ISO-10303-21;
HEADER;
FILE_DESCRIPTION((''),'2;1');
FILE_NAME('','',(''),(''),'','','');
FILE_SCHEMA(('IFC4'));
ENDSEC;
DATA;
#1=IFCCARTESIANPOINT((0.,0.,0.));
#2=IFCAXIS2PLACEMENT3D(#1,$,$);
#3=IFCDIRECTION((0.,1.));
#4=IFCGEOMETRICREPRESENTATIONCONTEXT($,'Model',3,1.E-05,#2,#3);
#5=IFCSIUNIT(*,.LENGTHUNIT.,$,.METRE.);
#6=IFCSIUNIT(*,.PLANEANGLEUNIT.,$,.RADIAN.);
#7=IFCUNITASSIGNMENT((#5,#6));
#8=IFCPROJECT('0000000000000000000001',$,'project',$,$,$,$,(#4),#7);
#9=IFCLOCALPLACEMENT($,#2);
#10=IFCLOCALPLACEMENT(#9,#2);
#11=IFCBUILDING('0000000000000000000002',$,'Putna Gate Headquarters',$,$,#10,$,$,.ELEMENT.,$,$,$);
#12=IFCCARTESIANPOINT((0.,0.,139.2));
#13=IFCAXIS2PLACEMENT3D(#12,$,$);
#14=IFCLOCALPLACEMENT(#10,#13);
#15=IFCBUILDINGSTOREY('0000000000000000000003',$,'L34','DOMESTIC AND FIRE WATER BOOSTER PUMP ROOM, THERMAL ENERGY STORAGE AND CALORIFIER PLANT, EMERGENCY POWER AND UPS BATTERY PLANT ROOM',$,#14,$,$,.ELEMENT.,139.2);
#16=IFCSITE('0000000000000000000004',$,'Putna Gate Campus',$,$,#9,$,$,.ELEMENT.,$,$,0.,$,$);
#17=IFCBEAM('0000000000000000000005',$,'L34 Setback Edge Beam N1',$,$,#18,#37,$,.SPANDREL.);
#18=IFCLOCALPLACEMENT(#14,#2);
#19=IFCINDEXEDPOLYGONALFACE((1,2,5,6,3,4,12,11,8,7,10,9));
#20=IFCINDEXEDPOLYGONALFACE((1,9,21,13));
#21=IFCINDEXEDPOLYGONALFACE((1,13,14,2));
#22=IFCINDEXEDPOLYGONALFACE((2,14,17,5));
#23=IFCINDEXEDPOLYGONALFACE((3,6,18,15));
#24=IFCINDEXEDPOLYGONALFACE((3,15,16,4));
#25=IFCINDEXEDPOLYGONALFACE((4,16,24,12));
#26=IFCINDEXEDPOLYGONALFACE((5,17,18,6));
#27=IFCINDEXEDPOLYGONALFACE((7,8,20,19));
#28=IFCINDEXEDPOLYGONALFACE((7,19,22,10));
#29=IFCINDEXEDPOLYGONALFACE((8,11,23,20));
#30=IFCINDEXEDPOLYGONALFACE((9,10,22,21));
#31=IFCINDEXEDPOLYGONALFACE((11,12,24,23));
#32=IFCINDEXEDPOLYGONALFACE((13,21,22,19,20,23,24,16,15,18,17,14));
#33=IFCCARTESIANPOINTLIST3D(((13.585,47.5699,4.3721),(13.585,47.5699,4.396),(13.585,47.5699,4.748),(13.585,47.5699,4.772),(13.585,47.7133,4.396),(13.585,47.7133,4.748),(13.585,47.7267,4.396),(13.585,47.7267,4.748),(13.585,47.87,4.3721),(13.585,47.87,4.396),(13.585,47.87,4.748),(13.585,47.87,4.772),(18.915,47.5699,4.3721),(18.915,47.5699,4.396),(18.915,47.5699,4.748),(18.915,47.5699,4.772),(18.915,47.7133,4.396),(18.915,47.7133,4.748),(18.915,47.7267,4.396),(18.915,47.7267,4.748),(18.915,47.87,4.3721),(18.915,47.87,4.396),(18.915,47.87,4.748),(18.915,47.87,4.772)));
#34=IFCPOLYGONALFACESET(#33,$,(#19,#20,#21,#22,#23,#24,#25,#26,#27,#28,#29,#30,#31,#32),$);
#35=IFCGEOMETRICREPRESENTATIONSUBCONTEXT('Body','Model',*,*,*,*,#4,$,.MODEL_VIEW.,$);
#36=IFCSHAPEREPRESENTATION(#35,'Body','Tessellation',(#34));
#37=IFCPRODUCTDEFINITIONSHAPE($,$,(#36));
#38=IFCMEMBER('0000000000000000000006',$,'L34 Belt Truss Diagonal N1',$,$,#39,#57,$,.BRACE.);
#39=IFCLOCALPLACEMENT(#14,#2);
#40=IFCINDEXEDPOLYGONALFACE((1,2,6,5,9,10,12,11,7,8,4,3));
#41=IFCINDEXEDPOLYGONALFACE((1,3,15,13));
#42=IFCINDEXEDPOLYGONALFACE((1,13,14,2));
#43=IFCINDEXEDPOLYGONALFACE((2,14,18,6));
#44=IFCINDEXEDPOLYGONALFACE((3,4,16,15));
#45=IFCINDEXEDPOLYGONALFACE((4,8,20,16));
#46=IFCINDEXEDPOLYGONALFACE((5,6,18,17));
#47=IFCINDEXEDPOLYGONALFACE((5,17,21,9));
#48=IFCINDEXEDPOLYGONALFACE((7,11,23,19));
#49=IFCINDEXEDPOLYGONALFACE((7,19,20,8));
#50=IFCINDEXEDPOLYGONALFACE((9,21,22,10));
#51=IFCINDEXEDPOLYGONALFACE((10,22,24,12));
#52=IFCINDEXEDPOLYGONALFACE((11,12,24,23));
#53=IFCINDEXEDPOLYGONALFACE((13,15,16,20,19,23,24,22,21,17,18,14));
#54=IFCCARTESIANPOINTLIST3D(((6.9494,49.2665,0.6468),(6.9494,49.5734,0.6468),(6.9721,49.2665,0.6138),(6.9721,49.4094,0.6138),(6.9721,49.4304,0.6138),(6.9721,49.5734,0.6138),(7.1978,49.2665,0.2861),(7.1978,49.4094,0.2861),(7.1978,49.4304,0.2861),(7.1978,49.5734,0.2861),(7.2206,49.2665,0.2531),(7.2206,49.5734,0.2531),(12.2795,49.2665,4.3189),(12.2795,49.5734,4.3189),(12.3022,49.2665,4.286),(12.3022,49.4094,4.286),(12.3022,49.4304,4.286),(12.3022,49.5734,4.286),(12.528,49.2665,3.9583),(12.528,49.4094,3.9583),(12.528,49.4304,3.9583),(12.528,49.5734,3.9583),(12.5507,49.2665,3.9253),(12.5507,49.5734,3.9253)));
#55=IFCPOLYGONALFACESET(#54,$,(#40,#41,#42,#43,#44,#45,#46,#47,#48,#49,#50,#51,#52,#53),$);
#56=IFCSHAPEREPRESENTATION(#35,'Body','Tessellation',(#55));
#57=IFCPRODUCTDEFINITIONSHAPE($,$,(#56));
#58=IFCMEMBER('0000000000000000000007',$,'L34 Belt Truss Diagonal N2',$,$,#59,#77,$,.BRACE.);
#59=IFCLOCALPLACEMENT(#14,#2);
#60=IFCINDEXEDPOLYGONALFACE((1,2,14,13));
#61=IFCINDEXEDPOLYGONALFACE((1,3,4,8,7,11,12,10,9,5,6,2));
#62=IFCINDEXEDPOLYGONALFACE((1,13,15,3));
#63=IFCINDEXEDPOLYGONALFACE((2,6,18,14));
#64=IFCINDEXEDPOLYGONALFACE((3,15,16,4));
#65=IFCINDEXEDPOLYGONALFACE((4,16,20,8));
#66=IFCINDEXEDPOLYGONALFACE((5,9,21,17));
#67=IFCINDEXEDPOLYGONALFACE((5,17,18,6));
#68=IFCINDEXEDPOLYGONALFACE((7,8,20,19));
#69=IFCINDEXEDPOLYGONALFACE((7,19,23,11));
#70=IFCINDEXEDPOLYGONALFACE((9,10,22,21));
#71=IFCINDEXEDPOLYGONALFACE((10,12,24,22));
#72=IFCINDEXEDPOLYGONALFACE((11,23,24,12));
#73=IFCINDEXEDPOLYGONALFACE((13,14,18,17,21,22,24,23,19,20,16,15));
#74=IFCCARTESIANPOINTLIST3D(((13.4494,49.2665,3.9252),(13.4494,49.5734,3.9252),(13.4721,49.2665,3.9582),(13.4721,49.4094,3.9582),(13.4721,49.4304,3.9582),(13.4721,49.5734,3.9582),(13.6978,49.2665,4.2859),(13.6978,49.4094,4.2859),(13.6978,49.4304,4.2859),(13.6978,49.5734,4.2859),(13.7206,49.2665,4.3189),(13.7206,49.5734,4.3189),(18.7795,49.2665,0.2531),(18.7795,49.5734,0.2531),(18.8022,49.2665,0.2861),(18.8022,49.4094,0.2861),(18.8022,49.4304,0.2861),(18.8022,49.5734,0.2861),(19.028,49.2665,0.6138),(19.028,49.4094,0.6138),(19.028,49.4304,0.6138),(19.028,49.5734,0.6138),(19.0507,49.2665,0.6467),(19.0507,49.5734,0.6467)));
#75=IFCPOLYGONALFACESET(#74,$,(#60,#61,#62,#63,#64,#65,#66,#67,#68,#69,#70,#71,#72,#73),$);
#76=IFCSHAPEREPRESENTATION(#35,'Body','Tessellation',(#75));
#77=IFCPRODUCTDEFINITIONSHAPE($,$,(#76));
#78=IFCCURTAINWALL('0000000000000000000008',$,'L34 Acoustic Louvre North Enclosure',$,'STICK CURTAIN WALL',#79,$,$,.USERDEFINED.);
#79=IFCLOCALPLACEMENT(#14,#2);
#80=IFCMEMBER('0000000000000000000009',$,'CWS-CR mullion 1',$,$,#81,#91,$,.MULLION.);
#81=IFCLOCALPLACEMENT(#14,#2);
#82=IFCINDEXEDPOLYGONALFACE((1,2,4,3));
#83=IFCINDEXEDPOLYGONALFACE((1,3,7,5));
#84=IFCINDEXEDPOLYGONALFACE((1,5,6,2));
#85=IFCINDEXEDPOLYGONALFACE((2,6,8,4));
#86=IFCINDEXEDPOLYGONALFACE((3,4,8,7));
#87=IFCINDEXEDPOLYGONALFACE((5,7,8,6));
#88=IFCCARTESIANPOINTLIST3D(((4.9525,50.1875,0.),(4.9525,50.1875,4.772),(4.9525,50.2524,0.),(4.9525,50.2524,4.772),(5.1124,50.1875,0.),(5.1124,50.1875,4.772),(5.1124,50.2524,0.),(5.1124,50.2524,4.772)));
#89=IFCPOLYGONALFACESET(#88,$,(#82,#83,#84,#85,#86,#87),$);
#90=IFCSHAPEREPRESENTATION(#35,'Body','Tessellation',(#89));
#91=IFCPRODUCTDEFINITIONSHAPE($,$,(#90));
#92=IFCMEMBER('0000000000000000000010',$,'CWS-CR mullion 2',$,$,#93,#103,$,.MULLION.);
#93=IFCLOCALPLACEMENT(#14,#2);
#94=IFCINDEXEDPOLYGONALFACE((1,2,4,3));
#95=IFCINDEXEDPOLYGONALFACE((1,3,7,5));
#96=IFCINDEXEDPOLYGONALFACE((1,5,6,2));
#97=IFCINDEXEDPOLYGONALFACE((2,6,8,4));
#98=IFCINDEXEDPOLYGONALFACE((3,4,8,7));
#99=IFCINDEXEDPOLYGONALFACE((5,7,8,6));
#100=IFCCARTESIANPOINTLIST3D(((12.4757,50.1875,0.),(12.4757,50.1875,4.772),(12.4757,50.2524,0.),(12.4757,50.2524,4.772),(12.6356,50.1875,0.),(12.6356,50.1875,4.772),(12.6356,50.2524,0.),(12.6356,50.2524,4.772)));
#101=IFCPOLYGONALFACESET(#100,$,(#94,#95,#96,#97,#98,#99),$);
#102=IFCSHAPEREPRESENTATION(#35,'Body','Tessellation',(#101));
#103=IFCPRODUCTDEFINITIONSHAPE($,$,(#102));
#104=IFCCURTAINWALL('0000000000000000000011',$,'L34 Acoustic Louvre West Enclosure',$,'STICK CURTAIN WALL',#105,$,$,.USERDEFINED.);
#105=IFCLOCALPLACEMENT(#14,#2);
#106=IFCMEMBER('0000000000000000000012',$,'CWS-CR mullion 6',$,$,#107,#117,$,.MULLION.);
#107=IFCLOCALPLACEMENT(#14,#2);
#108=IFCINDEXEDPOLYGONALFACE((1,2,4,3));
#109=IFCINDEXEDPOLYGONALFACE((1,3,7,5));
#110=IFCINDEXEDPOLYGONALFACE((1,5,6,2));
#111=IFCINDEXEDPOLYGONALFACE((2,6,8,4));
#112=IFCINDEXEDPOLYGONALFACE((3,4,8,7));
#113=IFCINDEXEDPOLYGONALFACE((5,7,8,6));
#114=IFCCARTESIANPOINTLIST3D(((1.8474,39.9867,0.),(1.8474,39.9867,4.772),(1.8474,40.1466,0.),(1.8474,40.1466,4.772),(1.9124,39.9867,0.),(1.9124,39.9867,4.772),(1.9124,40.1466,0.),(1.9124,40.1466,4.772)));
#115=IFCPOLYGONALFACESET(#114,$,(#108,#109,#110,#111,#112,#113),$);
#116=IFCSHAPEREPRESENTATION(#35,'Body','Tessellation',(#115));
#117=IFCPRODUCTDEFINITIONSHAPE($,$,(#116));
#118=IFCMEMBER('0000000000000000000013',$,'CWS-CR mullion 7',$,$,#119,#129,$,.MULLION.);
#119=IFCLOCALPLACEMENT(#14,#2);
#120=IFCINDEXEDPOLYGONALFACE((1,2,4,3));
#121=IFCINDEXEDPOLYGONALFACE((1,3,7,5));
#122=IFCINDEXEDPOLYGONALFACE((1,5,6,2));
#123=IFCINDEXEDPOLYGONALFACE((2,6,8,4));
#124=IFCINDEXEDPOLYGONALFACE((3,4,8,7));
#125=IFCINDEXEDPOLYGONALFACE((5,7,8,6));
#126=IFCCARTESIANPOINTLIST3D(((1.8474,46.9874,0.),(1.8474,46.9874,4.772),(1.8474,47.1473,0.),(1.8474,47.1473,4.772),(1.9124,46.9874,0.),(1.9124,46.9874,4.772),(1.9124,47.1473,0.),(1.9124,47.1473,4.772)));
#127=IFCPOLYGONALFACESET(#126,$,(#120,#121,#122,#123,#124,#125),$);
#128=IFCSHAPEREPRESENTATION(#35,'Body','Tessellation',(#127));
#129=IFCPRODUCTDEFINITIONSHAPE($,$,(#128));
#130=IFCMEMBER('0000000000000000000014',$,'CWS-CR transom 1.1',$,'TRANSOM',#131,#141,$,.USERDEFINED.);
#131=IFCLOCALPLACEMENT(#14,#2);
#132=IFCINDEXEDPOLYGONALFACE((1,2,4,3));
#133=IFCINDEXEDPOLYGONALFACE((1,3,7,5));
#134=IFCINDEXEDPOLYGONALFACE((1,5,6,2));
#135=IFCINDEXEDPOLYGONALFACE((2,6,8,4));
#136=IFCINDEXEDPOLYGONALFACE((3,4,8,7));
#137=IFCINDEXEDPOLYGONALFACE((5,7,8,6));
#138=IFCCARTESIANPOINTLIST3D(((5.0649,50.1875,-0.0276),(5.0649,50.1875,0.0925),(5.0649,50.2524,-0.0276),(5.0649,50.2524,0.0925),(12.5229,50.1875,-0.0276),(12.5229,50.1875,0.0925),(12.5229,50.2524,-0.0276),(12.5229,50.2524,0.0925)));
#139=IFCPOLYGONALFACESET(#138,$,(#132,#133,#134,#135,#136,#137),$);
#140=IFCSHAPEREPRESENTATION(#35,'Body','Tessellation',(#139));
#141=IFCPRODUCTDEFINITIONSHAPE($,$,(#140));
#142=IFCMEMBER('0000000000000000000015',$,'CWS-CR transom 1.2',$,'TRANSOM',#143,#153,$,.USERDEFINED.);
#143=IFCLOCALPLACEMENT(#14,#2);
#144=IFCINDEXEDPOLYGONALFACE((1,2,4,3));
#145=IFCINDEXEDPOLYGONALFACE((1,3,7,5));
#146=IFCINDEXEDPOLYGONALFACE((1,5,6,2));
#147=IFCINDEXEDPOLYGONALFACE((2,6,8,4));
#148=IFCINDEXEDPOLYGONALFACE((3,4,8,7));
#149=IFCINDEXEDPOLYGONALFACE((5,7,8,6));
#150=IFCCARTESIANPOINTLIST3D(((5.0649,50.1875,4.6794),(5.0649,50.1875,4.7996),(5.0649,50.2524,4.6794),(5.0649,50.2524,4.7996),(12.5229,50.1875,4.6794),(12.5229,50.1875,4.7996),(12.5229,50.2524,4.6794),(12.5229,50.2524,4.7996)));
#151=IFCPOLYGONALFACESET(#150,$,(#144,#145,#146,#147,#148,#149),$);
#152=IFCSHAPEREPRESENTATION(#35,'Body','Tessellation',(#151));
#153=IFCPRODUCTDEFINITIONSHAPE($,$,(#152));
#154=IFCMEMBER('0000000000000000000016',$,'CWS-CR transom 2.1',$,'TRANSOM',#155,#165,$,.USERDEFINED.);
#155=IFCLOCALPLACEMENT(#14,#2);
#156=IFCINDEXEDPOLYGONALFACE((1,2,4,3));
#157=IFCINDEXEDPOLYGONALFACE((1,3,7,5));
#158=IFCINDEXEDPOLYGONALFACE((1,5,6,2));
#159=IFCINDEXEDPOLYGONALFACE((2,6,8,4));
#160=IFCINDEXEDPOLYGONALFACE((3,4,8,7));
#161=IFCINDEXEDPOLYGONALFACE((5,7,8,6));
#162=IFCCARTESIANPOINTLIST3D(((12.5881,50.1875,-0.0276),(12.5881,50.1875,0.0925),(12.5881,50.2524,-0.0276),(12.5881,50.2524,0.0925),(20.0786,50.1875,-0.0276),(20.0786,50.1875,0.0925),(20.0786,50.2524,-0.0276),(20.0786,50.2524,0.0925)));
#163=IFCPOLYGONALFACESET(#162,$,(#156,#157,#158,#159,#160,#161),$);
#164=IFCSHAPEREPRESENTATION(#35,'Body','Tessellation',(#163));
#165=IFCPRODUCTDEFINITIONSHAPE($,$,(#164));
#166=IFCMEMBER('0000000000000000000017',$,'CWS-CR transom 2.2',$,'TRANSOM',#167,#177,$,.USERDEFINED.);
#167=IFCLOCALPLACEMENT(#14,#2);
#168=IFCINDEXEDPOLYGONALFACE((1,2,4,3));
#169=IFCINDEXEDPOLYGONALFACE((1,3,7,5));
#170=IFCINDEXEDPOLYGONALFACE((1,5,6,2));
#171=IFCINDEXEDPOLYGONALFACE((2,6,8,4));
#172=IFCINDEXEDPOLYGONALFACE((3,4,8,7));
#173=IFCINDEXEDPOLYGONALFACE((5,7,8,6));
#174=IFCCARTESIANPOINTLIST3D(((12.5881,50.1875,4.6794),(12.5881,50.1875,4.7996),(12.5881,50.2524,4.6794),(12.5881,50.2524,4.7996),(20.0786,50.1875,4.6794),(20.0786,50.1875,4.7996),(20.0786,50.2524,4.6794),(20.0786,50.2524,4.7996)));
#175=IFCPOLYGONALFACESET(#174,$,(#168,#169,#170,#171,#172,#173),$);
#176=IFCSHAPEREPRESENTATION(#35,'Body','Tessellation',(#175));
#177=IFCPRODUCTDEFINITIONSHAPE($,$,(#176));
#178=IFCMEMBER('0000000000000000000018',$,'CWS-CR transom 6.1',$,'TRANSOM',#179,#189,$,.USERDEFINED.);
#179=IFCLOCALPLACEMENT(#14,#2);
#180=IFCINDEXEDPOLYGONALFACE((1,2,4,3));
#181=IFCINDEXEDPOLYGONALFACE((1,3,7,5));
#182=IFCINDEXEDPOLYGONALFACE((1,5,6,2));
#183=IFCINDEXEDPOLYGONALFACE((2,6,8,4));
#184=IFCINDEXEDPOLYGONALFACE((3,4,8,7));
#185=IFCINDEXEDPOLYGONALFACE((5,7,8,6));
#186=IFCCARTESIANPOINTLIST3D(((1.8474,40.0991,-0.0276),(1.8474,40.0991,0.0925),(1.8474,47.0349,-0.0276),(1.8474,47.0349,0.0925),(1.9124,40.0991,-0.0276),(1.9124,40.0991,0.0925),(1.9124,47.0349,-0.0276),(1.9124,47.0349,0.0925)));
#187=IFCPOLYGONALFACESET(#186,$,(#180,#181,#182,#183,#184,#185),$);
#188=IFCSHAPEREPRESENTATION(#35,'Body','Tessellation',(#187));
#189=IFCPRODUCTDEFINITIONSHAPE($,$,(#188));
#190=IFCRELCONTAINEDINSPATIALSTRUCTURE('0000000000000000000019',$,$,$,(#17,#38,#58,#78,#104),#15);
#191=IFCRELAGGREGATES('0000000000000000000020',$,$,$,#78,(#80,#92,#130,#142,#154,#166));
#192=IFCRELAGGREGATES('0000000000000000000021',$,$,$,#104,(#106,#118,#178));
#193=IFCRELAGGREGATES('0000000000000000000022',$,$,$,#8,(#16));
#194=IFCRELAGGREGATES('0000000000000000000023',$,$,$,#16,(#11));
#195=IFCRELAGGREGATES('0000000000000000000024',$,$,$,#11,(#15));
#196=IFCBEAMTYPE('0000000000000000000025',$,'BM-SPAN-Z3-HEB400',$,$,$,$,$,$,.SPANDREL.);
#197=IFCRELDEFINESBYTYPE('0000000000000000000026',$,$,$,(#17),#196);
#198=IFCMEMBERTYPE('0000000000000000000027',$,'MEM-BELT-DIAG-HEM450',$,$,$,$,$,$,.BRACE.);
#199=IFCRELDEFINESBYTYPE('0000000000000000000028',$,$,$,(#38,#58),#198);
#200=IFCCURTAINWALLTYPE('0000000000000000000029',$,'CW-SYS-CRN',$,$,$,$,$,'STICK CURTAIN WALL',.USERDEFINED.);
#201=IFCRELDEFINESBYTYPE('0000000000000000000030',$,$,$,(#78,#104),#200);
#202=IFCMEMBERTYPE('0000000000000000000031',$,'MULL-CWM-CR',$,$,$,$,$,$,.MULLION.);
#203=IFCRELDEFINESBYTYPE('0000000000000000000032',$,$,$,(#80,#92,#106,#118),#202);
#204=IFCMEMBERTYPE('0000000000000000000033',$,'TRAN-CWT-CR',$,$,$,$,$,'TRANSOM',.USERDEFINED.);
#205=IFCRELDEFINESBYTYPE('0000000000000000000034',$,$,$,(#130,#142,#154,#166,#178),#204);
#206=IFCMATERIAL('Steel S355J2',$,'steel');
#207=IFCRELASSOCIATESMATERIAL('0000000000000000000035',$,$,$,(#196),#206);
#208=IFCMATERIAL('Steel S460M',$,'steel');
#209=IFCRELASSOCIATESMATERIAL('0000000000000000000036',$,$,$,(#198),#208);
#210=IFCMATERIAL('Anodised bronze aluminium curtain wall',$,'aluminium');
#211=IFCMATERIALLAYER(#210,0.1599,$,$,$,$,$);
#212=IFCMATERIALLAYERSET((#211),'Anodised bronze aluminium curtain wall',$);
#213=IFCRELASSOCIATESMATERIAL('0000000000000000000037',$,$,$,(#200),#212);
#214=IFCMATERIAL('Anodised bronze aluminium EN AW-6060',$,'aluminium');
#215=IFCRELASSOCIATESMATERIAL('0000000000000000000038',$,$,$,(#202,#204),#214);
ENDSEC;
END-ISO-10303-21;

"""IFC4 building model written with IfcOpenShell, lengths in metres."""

from ifc_helpers import new_model, si_unit, direction, frame, origin, origin_2d, place, context, subcontext, project, spatial, rectangle, i_section, extrude, material, layer, layer_set, material_profile, profile_set, type_object, element, aggregate, save


model = new_model("IFC4")

# Units and contexts
model_context = context("Model", 3, precision=1e-05, world=origin(), true_north=direction((0.0, 1.0)))
body_context = subcontext(model_context, "Body", "Model", "MODEL_VIEW")
ifc_project = project(units=[si_unit("LENGTHUNIT", "METRE"), si_unit("PLANEANGLEUNIT", "RADIAN")], contexts=[model_context])

# Site, building, storey
site_placement = place(None, origin())
site = spatial("IfcSite", under=ifc_project, at=site_placement, Name="Putna Gate Campus", CompositionType="ELEMENT", RefElevation=0.0)
building_placement = place(site_placement, origin())
building = spatial("IfcBuilding", under=site, at=building_placement, Name="Putna Gate Headquarters", CompositionType="ELEMENT")
storey_placement = place(building_placement, frame((0.0, 0.0, 139.2)))
storey = spatial("IfcBuildingStorey", under=building, at=storey_placement, Name="L34", Description="DOMESTIC AND FIRE WATER BOOSTER PUMP ROOM, THERMAL ENERGY STORAGE AND CALORIFIER PLANT, EMERGENCY POWER AND UPS BATTERY PLANT ROOM", CompositionType="ELEMENT", Elevation=139.2)

# Beam
ifc_material_1 = material(Name="Steel S355J2", Category="steel")
ifc_material_profile_1 = material_profile(ifc_material_1, i_section(OverallWidth=0.3, OverallDepth=0.3999, WebThickness=0.0134, FlangeThickness=0.0239, at=origin_2d()), Name="Steel S355J2")
ifc_profile_set_1 = profile_set([ifc_material_profile_1], Name="Steel S355J2")
beam_type_1 = type_object("IfcBeamType", Name="BM-SPAN-Z3-HEB400", PredefinedType="SPANDREL", material=ifc_profile_set_1)
beam_1_placement = place(storey_placement, frame((13.585, 47.72, 4.572), z_axis=(1.0, 0.0, 0.0), x_axis=(0.0, 1.0, 0.0)))
element("IfcBeam", 1, at=beam_1_placement, inside=storey, type_object=beam_type_1, Name="L34 Setback Edge Beam N1", PredefinedType="SPANDREL", context=body_context, shape_type="SweptSolid", body=[
    extrude(i_section(OverallWidth=0.3, OverallDepth=0.3999, WebThickness=0.0134, FlangeThickness=0.0239, at=origin_2d()), origin(), (0.0, 0.0, 1.0), 5.3301),
])

# Members
ifc_material_2 = material(Name="Steel S460M", Category="steel")
ifc_material_profile_2 = material_profile(ifc_material_2, i_section(OverallWidth=0.3069, OverallDepth=0.478, WebThickness=0.021, FlangeThickness=0.04, at=origin_2d()), Name="Steel S460M")
ifc_profile_set_2 = profile_set([ifc_material_profile_2], Name="Steel S460M")
member_type_1 = type_object("IfcMemberType", Name="MEM-BELT-DIAG-HEM450", PredefinedType="BRACE", material=ifc_profile_set_2)
for number, where, z_axis, x_axis, name in (
    (2, (7.085, 49.4199, 0.45), (0.823487, 0.0, 0.567335), (0.0, 1.0, 0.0), "L34 Belt Truss Diagonal N1"),
    (3, (13.585, 49.4199, 4.1221), (0.823487, 0.0, -0.567335), (0.0, 1.0, 0.0), "L34 Belt Truss Diagonal N2"),
):
    element("IfcMember", number, at=place(storey_placement, frame(where, z_axis=z_axis, x_axis=x_axis)), inside=storey, type_object=member_type_1, Name=name, PredefinedType="BRACE", context=body_context, shape_type="SweptSolid", body=[
        extrude(i_section(OverallWidth=0.3069, OverallDepth=0.478, WebThickness=0.021, FlangeThickness=0.04, at=origin_2d()), origin(), (0.0, 0.0, 1.0), 6.4727),
    ])

# Curtain walls, members
ifc_material_3 = material(Name="Anodised bronze aluminium curtain wall", Category="aluminium")
ifc_layer_1 = layer(ifc_material_3, 0.1599)
ifc_layer_set_1 = layer_set([ifc_layer_1], Name="Anodised bronze aluminium curtain wall")
curtain_wall_type = type_object("IfcCurtainWallType", Name="CW-SYS-CRN", ElementType="STICK CURTAIN WALL", PredefinedType="USERDEFINED", material=ifc_layer_set_1)
curtain_wall_1_placement = place(storey_placement, origin())
curtain_wall_1 = element("IfcCurtainWall", 4, at=curtain_wall_1_placement, inside=storey, type_object=curtain_wall_type, Name="L34 Acoustic Louvre North Enclosure", ObjectType="STICK CURTAIN WALL", PredefinedType="USERDEFINED")
ifc_material_4 = material(Name="Anodised bronze aluminium EN AW-6060", Category="aluminium")
ifc_material_profile_3 = material_profile(ifc_material_4, rectangle(XDim=0.0649, YDim=0.1599, at=origin_2d()), Name="Anodised bronze aluminium EN AW-6060")
ifc_profile_set_3 = profile_set([ifc_material_profile_3], Name="Anodised bronze aluminium EN AW-6060")
member_type_2 = type_object("IfcMemberType", Name="MULL-CWM-CR", PredefinedType="MULLION", material=ifc_profile_set_3)
member_1_placement = place(storey_placement, frame((5.0325, 50.22, 0.0), z_axis=(0.0, 0.0, 1.0), x_axis=(0.0, 1.0, 0.0)))
member_1 = element("IfcMember", 5, at=member_1_placement, type_object=member_type_2, Name="CWS-CR mullion 1", PredefinedType="MULLION", context=body_context, shape_type="SweptSolid", body=[
    extrude(rectangle(XDim=0.0649, YDim=0.1599, at=origin_2d()), origin(), (0.0, 0.0, 1.0), 4.772),
])
member_2_placement = place(storey_placement, frame((12.5557, 50.22, 0.0), z_axis=(0.0, 0.0, 1.0), x_axis=(0.0, 1.0, 0.0)))
member_2 = element("IfcMember", 6, at=member_2_placement, type_object=member_type_2, Name="CWS-CR mullion 2", PredefinedType="MULLION", context=body_context, shape_type="SweptSolid", body=[
    extrude(rectangle(XDim=0.0649, YDim=0.1599, at=origin_2d()), origin(), (0.0, 0.0, 1.0), 4.772),
])
curtain_wall_2_placement = place(storey_placement, origin())
curtain_wall_2 = element("IfcCurtainWall", 7, at=curtain_wall_2_placement, inside=storey, type_object=curtain_wall_type, Name="L34 Acoustic Louvre West Enclosure", ObjectType="STICK CURTAIN WALL", PredefinedType="USERDEFINED")
member_3_placement = place(storey_placement, frame((1.8799, 40.0667, 0.0), z_axis=(0.0, 0.0, 1.0), x_axis=(-1.0, 0.0, 0.0)))
member_3 = element("IfcMember", 8, at=member_3_placement, type_object=member_type_2, Name="CWS-CR mullion 6", PredefinedType="MULLION", context=body_context, shape_type="SweptSolid", body=[
    extrude(rectangle(XDim=0.0649, YDim=0.1599, at=origin_2d()), origin(), (0.0, 0.0, 1.0), 4.772),
])
member_4_placement = place(storey_placement, frame((1.8799, 47.0674, 0.0), z_axis=(0.0, 0.0, 1.0), x_axis=(-1.0, 0.0, 0.0)))
member_4 = element("IfcMember", 9, at=member_4_placement, type_object=member_type_2, Name="CWS-CR mullion 7", PredefinedType="MULLION", context=body_context, shape_type="SweptSolid", body=[
    extrude(rectangle(XDim=0.0649, YDim=0.1599, at=origin_2d()), origin(), (0.0, 0.0, 1.0), 4.772),
])

# Members
ifc_material_profile_4 = material_profile(ifc_material_4, rectangle(XDim=0.0649, YDim=0.1201, at=origin_2d()), Name="Anodised bronze aluminium EN AW-6060")
ifc_profile_set_4 = profile_set([ifc_material_profile_4], Name="Anodised bronze aluminium EN AW-6060")
member_type_3 = type_object("IfcMemberType", Name="TRAN-CWT-CR", ElementType="TRANSOM", PredefinedType="USERDEFINED", material=ifc_profile_set_4)
member_5_placement = place(storey_placement, frame((5.0649, 50.22, 0.0325), z_axis=(1.0, 0.0, 0.0), x_axis=(0.0, 1.0, 0.0)))
member_5 = element("IfcMember", 10, at=member_5_placement, type_object=member_type_3, Name="CWS-CR transom 1.1", ObjectType="TRANSOM", PredefinedType="USERDEFINED", context=body_context, shape_type="SweptSolid", body=[
    extrude(rectangle(XDim=0.0649, YDim=0.1201, at=origin_2d()), origin(), (0.0, 0.0, 1.0), 7.458),
])
member_6_placement = place(storey_placement, frame((5.0649, 50.22, 4.7395), z_axis=(1.0, 0.0, 0.0), x_axis=(0.0, 1.0, 0.0)))
member_6 = element("IfcMember", 11, at=member_6_placement, type_object=member_type_3, Name="CWS-CR transom 1.2", ObjectType="TRANSOM", PredefinedType="USERDEFINED", context=body_context, shape_type="SweptSolid", body=[
    extrude(rectangle(XDim=0.0649, YDim=0.1201, at=origin_2d()), origin(), (0.0, 0.0, 1.0), 7.458),
])
member_7_placement = place(storey_placement, frame((12.5881, 50.22, 0.0325), z_axis=(1.0, 0.0, 0.0), x_axis=(0.0, 1.0, 0.0)))
member_7 = element("IfcMember", 12, at=member_7_placement, type_object=member_type_3, Name="CWS-CR transom 2.1", ObjectType="TRANSOM", PredefinedType="USERDEFINED", context=body_context, shape_type="SweptSolid", body=[
    extrude(rectangle(XDim=0.0649, YDim=0.1201, at=origin_2d()), origin(), (0.0, 0.0, 1.0), 7.4905),
])
member_8_placement = place(storey_placement, frame((12.5881, 50.22, 4.7395), z_axis=(1.0, 0.0, 0.0), x_axis=(0.0, 1.0, 0.0)))
member_8 = element("IfcMember", 13, at=member_8_placement, type_object=member_type_3, Name="CWS-CR transom 2.2", ObjectType="TRANSOM", PredefinedType="USERDEFINED", context=body_context, shape_type="SweptSolid", body=[
    extrude(rectangle(XDim=0.0649, YDim=0.1201, at=origin_2d()), origin(), (0.0, 0.0, 1.0), 7.4905),
])
member_9_placement = place(storey_placement, frame((1.8799, 40.0991, 0.0325), z_axis=(0.0, 1.0, 0.0), x_axis=(-1.0, 0.0, 0.0)))
member_9 = element("IfcMember", 14, at=member_9_placement, type_object=member_type_3, Name="CWS-CR transom 6.1", ObjectType="TRANSOM", PredefinedType="USERDEFINED", context=body_context, shape_type="SweptSolid", body=[
    extrude(rectangle(XDim=0.0649, YDim=0.1201, at=origin_2d()), origin(), (0.0, 0.0, 1.0), 6.9358),
])

aggregate(curtain_wall_1, [member_1, member_2, member_5, member_6, member_7, member_8])
aggregate(curtain_wall_2, [member_3, member_4, member_9])

save(model, "model.ifc")
